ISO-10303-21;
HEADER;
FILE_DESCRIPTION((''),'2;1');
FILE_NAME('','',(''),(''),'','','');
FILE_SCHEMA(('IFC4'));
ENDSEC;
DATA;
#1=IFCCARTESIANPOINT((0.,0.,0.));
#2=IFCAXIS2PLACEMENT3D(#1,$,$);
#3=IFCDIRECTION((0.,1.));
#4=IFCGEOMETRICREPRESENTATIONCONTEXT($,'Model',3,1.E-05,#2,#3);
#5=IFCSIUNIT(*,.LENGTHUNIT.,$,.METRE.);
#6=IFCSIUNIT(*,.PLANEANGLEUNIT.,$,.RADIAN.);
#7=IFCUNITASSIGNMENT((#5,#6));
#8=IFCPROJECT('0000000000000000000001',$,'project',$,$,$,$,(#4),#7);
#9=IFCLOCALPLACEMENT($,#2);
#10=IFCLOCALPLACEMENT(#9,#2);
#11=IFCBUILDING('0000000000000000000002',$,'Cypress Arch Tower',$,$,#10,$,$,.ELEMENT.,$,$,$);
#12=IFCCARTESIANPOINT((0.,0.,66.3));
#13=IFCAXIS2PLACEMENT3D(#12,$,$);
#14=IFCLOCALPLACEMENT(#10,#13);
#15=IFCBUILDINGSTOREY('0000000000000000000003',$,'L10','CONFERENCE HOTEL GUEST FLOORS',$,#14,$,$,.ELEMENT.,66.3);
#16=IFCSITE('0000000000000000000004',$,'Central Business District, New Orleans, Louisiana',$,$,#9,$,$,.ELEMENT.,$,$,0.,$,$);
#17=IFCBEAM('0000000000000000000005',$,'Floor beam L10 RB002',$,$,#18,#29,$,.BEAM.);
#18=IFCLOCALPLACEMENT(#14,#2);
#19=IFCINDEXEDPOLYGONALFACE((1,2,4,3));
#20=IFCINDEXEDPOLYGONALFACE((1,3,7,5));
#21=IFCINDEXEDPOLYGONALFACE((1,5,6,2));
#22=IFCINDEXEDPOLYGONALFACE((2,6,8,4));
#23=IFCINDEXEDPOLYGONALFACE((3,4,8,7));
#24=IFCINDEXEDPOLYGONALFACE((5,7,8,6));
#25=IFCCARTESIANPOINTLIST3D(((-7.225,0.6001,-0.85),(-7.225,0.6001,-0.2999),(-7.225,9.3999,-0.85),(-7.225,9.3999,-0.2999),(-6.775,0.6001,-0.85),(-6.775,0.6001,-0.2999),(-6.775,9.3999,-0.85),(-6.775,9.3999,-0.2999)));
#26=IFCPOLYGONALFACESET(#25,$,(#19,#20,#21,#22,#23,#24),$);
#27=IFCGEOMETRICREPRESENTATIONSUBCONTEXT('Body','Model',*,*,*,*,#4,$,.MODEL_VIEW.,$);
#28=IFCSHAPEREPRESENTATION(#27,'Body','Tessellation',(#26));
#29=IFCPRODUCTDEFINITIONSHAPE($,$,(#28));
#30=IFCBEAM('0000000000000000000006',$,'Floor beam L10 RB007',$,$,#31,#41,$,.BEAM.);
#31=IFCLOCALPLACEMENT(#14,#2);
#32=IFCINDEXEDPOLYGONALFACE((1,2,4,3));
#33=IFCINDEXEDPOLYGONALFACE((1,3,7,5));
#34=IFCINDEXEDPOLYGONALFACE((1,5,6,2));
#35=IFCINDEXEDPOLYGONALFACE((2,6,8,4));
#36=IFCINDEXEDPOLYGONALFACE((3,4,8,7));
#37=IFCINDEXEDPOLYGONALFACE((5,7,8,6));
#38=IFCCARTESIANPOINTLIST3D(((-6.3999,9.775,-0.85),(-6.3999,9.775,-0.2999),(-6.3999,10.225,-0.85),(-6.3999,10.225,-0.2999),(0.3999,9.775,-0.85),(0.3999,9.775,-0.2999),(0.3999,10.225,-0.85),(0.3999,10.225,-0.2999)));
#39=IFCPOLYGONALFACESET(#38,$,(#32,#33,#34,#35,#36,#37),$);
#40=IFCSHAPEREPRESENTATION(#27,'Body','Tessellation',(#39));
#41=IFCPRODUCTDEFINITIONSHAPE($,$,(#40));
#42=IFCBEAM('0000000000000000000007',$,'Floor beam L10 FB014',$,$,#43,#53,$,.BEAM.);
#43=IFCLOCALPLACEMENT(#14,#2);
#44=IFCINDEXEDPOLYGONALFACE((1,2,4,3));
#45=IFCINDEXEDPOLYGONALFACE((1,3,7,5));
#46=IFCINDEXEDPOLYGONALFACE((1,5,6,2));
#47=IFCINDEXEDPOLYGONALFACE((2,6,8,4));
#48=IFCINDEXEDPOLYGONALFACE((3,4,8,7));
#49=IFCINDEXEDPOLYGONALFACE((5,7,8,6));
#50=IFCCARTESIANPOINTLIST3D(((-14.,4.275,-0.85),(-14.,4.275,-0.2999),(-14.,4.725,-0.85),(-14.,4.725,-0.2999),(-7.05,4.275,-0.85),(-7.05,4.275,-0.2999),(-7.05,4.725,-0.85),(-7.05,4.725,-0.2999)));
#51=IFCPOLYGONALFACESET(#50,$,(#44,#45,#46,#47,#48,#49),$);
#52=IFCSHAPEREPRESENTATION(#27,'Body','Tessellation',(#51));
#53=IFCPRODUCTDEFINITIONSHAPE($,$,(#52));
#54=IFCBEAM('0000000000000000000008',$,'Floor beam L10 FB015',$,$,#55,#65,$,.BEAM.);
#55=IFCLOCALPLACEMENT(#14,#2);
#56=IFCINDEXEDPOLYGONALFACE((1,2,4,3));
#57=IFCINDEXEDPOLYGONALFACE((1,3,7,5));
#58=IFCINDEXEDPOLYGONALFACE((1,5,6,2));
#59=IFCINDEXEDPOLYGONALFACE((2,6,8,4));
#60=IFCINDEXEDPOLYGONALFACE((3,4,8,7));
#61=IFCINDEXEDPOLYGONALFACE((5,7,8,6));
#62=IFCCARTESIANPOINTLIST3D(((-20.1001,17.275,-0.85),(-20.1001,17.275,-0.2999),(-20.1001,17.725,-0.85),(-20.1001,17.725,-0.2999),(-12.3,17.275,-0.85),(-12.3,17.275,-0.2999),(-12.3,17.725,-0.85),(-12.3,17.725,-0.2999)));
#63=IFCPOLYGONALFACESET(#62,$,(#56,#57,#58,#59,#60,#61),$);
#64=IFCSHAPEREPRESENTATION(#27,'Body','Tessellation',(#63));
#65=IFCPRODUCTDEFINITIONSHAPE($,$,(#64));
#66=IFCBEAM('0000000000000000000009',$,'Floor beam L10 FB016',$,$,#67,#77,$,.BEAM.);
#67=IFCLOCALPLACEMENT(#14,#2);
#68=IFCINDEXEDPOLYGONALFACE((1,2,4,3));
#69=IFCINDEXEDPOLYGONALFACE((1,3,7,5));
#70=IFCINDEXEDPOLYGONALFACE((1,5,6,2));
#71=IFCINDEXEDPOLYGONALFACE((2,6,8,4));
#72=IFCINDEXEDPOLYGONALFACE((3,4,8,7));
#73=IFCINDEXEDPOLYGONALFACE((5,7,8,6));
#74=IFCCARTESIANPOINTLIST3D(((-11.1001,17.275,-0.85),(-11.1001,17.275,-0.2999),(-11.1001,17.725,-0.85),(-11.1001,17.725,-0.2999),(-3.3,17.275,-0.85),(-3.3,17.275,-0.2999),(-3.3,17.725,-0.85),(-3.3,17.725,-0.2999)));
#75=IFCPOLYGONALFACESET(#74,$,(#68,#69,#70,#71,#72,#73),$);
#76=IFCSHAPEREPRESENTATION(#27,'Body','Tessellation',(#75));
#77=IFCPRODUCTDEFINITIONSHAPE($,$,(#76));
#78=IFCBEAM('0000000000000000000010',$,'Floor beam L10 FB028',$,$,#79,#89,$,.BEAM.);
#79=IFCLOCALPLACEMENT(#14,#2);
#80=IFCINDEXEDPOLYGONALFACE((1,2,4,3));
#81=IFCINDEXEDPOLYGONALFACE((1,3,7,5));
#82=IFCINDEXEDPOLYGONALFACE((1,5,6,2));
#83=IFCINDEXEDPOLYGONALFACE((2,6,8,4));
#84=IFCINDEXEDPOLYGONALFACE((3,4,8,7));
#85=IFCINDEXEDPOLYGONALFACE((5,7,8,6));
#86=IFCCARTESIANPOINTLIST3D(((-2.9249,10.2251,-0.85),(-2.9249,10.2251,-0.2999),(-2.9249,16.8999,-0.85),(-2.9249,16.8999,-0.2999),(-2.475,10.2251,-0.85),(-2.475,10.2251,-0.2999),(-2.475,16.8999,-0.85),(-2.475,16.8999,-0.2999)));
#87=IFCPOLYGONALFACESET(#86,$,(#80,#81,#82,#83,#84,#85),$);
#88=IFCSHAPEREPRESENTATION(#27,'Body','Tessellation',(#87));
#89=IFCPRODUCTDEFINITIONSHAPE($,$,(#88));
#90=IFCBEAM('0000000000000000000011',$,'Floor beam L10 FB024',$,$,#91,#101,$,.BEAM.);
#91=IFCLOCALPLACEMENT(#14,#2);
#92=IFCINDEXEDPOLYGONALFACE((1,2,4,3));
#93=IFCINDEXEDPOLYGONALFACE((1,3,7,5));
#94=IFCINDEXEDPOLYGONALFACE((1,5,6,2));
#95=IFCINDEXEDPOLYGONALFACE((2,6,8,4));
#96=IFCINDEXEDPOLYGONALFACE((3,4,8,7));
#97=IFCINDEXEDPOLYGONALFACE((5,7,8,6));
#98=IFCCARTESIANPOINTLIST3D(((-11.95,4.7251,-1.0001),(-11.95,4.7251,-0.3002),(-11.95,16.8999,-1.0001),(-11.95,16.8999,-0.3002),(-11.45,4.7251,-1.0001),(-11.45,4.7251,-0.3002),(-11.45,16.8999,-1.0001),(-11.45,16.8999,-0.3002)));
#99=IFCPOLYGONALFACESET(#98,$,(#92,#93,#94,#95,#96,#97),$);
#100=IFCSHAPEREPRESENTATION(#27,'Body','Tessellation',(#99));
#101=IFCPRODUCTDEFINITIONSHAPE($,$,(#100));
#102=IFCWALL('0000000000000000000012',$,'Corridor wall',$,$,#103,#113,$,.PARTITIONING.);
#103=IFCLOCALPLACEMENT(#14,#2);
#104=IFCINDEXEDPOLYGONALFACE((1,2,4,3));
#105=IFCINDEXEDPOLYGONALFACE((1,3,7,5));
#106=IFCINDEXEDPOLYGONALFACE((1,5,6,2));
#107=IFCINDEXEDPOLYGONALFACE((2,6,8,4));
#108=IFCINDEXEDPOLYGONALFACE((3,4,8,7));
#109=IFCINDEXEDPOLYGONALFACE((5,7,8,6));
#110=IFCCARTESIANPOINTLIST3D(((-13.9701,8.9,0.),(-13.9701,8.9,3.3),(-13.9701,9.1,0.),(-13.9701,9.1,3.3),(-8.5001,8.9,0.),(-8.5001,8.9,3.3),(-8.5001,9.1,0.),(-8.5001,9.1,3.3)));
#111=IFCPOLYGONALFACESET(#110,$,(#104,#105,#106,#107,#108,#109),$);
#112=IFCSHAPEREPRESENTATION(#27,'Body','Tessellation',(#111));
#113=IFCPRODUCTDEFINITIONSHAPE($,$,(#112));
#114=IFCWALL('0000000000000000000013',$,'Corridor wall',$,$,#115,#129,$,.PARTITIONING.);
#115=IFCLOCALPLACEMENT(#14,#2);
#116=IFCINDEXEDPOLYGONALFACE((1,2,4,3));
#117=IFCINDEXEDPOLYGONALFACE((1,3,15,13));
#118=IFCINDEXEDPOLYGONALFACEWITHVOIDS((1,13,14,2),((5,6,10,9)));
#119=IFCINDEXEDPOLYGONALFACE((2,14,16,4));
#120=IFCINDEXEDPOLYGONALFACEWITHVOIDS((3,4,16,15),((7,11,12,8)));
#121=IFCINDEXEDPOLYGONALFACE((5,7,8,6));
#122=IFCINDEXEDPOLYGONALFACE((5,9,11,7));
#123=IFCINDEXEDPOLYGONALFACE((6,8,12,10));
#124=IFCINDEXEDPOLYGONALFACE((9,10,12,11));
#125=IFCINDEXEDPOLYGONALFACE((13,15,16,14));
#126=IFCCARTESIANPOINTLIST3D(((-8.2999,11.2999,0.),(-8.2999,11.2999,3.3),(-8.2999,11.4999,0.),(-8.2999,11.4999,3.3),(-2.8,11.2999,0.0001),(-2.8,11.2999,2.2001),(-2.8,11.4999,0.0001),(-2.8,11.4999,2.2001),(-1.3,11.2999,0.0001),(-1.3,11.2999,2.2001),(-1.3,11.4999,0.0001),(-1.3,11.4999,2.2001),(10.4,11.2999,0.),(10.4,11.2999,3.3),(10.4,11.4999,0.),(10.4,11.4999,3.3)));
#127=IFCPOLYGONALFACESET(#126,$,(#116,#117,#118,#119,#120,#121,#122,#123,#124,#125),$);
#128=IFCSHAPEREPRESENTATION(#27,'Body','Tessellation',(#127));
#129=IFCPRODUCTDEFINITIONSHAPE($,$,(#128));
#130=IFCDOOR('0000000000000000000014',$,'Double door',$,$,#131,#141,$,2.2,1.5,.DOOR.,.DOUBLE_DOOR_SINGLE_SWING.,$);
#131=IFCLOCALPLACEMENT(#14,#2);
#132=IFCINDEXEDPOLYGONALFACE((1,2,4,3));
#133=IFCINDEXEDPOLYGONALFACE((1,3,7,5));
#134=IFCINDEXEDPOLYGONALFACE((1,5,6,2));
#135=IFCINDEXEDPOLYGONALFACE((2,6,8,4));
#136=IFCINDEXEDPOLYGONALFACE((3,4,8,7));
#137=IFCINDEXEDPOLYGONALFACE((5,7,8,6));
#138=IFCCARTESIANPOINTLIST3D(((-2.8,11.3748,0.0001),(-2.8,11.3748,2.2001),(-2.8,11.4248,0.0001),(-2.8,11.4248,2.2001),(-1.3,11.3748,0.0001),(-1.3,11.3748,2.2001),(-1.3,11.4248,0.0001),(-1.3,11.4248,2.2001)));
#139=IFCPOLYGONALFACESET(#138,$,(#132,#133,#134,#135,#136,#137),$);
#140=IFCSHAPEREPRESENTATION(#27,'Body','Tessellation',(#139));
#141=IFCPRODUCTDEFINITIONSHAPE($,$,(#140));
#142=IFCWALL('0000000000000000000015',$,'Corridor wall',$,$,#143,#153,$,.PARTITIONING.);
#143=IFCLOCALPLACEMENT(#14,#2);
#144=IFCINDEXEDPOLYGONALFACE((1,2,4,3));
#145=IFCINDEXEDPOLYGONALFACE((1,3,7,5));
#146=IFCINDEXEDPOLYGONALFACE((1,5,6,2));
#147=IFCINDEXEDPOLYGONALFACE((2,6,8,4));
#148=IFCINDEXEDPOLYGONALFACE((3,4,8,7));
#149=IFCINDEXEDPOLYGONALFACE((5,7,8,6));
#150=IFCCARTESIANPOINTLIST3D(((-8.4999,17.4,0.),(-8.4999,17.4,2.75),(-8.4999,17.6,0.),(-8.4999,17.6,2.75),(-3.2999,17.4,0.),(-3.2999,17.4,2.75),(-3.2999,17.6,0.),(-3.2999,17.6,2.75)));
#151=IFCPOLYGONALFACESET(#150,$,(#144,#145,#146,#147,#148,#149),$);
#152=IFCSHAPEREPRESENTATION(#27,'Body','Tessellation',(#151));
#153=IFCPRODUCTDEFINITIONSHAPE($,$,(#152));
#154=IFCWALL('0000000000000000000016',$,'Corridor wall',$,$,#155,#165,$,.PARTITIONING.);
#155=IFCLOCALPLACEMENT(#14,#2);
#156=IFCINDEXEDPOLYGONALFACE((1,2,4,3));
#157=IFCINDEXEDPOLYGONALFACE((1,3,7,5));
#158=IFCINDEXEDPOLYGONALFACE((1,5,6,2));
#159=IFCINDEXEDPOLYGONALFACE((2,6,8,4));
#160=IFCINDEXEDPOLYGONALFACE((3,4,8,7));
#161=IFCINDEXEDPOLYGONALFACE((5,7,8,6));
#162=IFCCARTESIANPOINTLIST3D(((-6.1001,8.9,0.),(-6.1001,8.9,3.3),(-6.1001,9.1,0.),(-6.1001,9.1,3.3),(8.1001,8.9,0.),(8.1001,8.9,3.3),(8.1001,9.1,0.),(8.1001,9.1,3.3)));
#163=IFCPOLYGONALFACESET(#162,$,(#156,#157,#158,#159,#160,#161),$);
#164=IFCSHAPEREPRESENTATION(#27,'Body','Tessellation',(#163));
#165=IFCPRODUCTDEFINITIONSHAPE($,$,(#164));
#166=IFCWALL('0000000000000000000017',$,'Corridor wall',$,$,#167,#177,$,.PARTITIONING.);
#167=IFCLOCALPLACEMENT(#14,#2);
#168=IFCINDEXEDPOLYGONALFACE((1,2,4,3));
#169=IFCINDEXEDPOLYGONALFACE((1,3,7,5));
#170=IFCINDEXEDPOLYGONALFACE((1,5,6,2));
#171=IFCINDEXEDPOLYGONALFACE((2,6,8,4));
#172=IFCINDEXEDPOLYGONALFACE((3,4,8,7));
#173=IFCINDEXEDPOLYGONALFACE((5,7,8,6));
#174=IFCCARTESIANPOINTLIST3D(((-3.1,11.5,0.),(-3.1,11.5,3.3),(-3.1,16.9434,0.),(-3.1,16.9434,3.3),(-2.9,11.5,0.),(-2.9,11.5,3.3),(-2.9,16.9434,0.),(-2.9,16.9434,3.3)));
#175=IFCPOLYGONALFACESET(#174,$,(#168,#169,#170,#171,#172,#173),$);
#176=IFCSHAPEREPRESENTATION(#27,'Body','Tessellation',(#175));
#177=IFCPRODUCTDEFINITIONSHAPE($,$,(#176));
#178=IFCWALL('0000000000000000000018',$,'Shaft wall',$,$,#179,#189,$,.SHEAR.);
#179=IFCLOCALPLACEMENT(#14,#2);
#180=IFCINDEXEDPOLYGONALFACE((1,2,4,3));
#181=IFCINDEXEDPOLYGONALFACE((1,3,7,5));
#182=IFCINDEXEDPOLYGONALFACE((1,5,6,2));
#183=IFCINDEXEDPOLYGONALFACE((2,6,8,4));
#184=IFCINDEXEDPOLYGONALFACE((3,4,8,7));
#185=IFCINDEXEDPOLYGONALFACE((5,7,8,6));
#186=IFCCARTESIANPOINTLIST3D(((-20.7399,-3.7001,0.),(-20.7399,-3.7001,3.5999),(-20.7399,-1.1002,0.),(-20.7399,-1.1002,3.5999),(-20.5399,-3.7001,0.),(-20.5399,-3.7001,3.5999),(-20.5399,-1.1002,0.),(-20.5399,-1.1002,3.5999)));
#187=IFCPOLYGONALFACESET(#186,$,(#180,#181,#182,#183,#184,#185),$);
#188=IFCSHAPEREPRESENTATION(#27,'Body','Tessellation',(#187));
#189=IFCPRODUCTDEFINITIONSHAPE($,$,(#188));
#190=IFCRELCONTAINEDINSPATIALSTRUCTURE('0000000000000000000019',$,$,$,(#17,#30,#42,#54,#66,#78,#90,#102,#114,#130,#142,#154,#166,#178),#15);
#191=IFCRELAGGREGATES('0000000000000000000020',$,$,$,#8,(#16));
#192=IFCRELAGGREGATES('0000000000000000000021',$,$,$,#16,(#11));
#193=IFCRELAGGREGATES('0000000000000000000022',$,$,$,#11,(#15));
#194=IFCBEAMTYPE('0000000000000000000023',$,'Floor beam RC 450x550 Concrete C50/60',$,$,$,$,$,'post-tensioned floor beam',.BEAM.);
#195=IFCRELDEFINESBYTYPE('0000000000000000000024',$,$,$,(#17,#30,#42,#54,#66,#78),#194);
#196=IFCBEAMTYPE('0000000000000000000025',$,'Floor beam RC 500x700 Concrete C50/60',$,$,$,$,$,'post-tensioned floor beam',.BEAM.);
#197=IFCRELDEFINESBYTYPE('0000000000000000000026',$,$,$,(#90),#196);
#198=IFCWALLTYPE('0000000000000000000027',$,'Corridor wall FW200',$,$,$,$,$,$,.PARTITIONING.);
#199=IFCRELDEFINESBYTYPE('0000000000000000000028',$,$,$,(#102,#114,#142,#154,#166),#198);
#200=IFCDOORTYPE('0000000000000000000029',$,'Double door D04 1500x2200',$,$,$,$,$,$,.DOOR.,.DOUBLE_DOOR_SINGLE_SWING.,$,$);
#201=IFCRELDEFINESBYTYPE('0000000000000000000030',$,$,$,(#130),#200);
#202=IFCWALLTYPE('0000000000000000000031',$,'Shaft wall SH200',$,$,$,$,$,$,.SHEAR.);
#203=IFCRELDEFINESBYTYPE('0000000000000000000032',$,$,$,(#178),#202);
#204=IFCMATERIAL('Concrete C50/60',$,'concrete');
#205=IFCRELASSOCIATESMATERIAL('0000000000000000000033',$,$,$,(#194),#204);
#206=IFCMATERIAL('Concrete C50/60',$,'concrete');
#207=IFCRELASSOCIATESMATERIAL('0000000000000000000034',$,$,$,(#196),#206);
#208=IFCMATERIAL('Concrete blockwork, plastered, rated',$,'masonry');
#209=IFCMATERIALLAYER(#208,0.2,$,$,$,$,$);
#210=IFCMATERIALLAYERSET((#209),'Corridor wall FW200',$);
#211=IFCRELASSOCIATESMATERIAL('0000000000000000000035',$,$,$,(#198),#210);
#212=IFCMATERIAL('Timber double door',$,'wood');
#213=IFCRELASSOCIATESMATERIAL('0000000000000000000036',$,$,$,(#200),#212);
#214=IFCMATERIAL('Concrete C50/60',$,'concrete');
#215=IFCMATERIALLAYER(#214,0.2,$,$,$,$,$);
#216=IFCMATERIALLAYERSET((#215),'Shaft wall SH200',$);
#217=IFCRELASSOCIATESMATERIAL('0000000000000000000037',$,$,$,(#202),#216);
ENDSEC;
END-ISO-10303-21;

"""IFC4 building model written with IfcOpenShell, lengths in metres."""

from ifc_helpers import new_model, si_unit, direction, frame, frame_2d, origin, origin_2d, place, context, subcontext, project, spatial, rectangle, extrude, material, layer, layer_set, material_profile, profile_set, type_object, element, fill, save


model = new_model("IFC4")

# Units and contexts
model_context = context("Model", 3, precision=1e-05, world=origin(), true_north=direction((0.0, 1.0)))
body_context = subcontext(model_context, "Body", "Model", "MODEL_VIEW")
ifc_project = project(units=[si_unit("LENGTHUNIT", "METRE"), si_unit("PLANEANGLEUNIT", "RADIAN")], contexts=[model_context])

# Site, building, storey
site_placement = place(None, origin())
site = spatial("IfcSite", under=ifc_project, at=site_placement, Name="Central Business District, New Orleans, Louisiana", CompositionType="ELEMENT", RefElevation=0.0)
building_placement = place(site_placement, origin())
building = spatial("IfcBuilding", under=site, at=building_placement, Name="Cypress Arch Tower", CompositionType="ELEMENT")
storey_placement = place(building_placement, frame((0.0, 0.0, 66.3)))
storey = spatial("IfcBuildingStorey", under=building, at=storey_placement, Name="L10", Description="CONFERENCE HOTEL GUEST FLOORS", CompositionType="ELEMENT", Elevation=66.3)

# Beams
ifc_material_1 = material(Name="Concrete C50/60", Category="concrete")
ifc_material_profile_1 = material_profile(ifc_material_1, rectangle(XDim=0.45, YDim=0.55, at=origin_2d()), Name="RC 450x550")
ifc_profile_set_1 = profile_set([ifc_material_profile_1], Name="Concrete C50/60")
beam_type_1 = type_object("IfcBeamType", Name="Floor beam RC 450x550 Concrete C50/60", ElementType="post-tensioned floor beam", PredefinedType="BEAM", material=ifc_profile_set_1)
beam_1_placement = place(storey_placement, frame((-7.0, 0.6001, -0.575), z_axis=(0.0, 1.0, 0.0), x_axis=(-1.0, 0.0, 0.0)))
element("IfcBeam", 1, at=beam_1_placement, inside=storey, type_object=beam_type_1, Name="Floor beam L10 RB002", PredefinedType="BEAM", context=body_context, shape_type="SweptSolid", body=[
    extrude(rectangle(XDim=0.45, YDim=0.55, at=origin_2d()), origin(), (0.0, 0.0, 1.0), 8.7998),
])
beam_2_placement = place(storey_placement, frame((-6.3999, 10.0, -0.575), z_axis=(1.0, 0.0, 0.0), x_axis=(0.0, 1.0, 0.0)))
element("IfcBeam", 2, at=beam_2_placement, inside=storey, type_object=beam_type_1, Name="Floor beam L10 RB007", PredefinedType="BEAM", context=body_context, shape_type="SweptSolid", body=[
    extrude(rectangle(XDim=0.45, YDim=0.55, at=origin_2d()), origin(), (0.0, 0.0, 1.0), 6.7998),
])
beam_3_placement = place(storey_placement, frame((-14.0, 4.5, -0.575), z_axis=(1.0, 0.0, 0.0), x_axis=(0.0, 1.0, 0.0)))
element("IfcBeam", 3, at=beam_3_placement, inside=storey, type_object=beam_type_1, Name="Floor beam L10 FB014", PredefinedType="BEAM", context=body_context, shape_type="SweptSolid", body=[
    extrude(rectangle(XDim=0.45, YDim=0.55, at=origin_2d()), origin(), (0.0, 0.0, 1.0), 6.95),
])
for number, where, z_axis, x_axis, name in (
    (4, (-20.1001, 17.5, -0.575), (1.0, 0.0, 0.0), (0.0, 1.0, 0.0), "Floor beam L10 FB015"),
    (5, (-11.1001, 17.5, -0.575), (1.0, 0.0, 0.0), (0.0, 1.0, 0.0), "Floor beam L10 FB016"),
):
    element("IfcBeam", number, at=place(storey_placement, frame(where, z_axis=z_axis, x_axis=x_axis)), inside=storey, type_object=beam_type_1, Name=name, PredefinedType="BEAM", context=body_context, shape_type="SweptSolid", body=[
        extrude(rectangle(XDim=0.45, YDim=0.55, at=origin_2d()), origin(), (0.0, 0.0, 1.0), 7.8),
    ])
beam_4_placement = place(storey_placement, frame((-2.7, 10.2251, -0.575), z_axis=(0.0, 1.0, 0.0), x_axis=(-1.0, 0.0, 0.0)))
element("IfcBeam", 6, at=beam_4_placement, inside=storey, type_object=beam_type_1, Name="Floor beam L10 FB028", PredefinedType="BEAM", context=body_context, shape_type="SweptSolid", body=[
    extrude(rectangle(XDim=0.45, YDim=0.55, at=origin_2d()), origin(), (0.0, 0.0, 1.0), 6.6748),
])
ifc_material_2 = material(Name="Concrete C50/60", Category="concrete")
ifc_material_profile_2 = material_profile(ifc_material_2, rectangle(XDim=0.5, YDim=0.7, at=origin_2d()), Name="RC 500x700")
ifc_profile_set_2 = profile_set([ifc_material_profile_2], Name="Concrete C50/60")
beam_type_2 = type_object("IfcBeamType", Name="Floor beam RC 500x700 Concrete C50/60", ElementType="post-tensioned floor beam", PredefinedType="BEAM", material=ifc_profile_set_2)
beam_5_placement = place(storey_placement, frame((-11.7, 4.7251, -0.6501), z_axis=(0.0, 1.0, 0.0), x_axis=(-1.0, 0.0, 0.0)))
element("IfcBeam", 7, at=beam_5_placement, inside=storey, type_object=beam_type_2, Name="Floor beam L10 FB024", PredefinedType="BEAM", context=body_context, shape_type="SweptSolid", body=[
    extrude(rectangle(XDim=0.5, YDim=0.7, at=origin_2d()), origin(), (0.0, 0.0, 1.0), 12.1748),
])

# Wall
ifc_material_3 = material(Name="Concrete blockwork, plastered, rated", Category="masonry")
ifc_layer_1 = layer(ifc_material_3, 0.2)
ifc_layer_set_1 = layer_set([ifc_layer_1], Name="Corridor wall FW200")
wall_type_1 = type_object("IfcWallType", Name="Corridor wall FW200", PredefinedType="PARTITIONING", material=ifc_layer_set_1)
wall_1_placement = place(storey_placement, frame((-13.97, 9.0, 0.0), z_axis=(0.0, 0.0, 1.0), x_axis=(1.0, 0.0, 0.0)))
element("IfcWall", 8, at=wall_1_placement, inside=storey, type_object=wall_type_1, Name="Corridor wall", PredefinedType="PARTITIONING", context=body_context, shape_type="SweptSolid", body=[
    extrude(rectangle(XDim=5.47, YDim=0.2, at=frame_2d((2.7349, 0.0))), origin(), (0.0, 0.0, 1.0), 3.3),
])

# Wall, opening, door
wall_2_placement = place(storey_placement, frame((-8.3, 11.3999, 0.0), z_axis=(0.0, 0.0, 1.0), x_axis=(1.0, 0.0, 0.0)))
wall_2 = element("IfcWall", 9, at=wall_2_placement, inside=storey, type_object=wall_type_1, Name="Corridor wall", PredefinedType="PARTITIONING", context=body_context, shape_type="SweptSolid", body=[
    extrude(rectangle(XDim=18.7, YDim=0.2, at=frame_2d((9.3501, 0.0))), origin(), (0.0, 0.0, 1.0), 3.3),
])
opening_1_placement = place(wall_2_placement, frame((5.5, 0.0, 0.0)))
opening_1 = element("IfcOpeningElement", 10, at=opening_1_placement, cuts=wall_2, PredefinedType="OPENING", context=body_context, shape_type="SweptSolid", body=[
    extrude(rectangle(XDim=1.5, YDim=2.2, at=frame_2d((0.75, 1.1001))), frame((0.0, 0.1099, 0.0), z_axis=(0.0, -1.0, 0.0), x_axis=(1.0, 0.0, 0.0)), (0.0, 0.0, 1.0), 0.22),
])
ifc_material_4 = material(Name="Timber double door", Category="wood")
door_type_1 = type_object("IfcDoorType", Name="Double door D04 1500x2200", OperationType="DOUBLE_DOOR_SINGLE_SWING", PredefinedType="DOOR", material=ifc_material_4)
door_1_placement = place(opening_1_placement, origin())
door_1 = element("IfcDoor", 11, at=door_1_placement, inside=storey, type_object=door_type_1, Name="Double door", OperationType="DOUBLE_DOOR_SINGLE_SWING", OverallHeight=2.2, OverallWidth=1.5, PredefinedType="DOOR", context=body_context, shape_type="SweptSolid", body=[
    extrude(rectangle(XDim=1.5, YDim=2.2, at=frame_2d((0.75, 1.1001))), frame((0.0, 0.0249, 0.0), z_axis=(0.0, -1.0, 0.0), x_axis=(1.0, 0.0, 0.0)), (0.0, 0.0, 1.0), 0.05),
])
fill(opening_1, door_1)

# Walls
wall_3_placement = place(storey_placement, frame((-8.5, 17.5, 0.0), z_axis=(0.0, 0.0, 1.0), x_axis=(1.0, 0.0, 0.0)))
element("IfcWall", 12, at=wall_3_placement, inside=storey, type_object=wall_type_1, Name="Corridor wall", PredefinedType="PARTITIONING", context=body_context, shape_type="SweptSolid", body=[
    extrude(rectangle(XDim=5.2, YDim=0.2, at=frame_2d((2.6001, 0.0))), origin(), (0.0, 0.0, 1.0), 2.75),
])
wall_4_placement = place(storey_placement, frame((-6.1001, 9.0, 0.0), z_axis=(0.0, 0.0, 1.0), x_axis=(1.0, 0.0, 0.0)))
element("IfcWall", 13, at=wall_4_placement, inside=storey, type_object=wall_type_1, Name="Corridor wall", PredefinedType="PARTITIONING", context=body_context, shape_type="SweptSolid", body=[
    extrude(rectangle(XDim=14.2002, YDim=0.2, at=frame_2d((7.1001, 0.0))), origin(), (0.0, 0.0, 1.0), 3.3),
])
wall_5_placement = place(storey_placement, frame((-3.0, 11.5, 0.0), z_axis=(0.0, 0.0, 1.0), x_axis=(0.0, 1.0, 0.0)))
element("IfcWall", 14, at=wall_5_placement, inside=storey, type_object=wall_type_1, Name="Corridor wall", PredefinedType="PARTITIONING", context=body_context, shape_type="SweptSolid", body=[
    extrude(rectangle(XDim=5.4434, YDim=0.2, at=frame_2d((2.7217, 0.0))), origin(), (0.0, 0.0, 1.0), 3.3),
])
ifc_material_5 = material(Name="Concrete C50/60", Category="concrete")
ifc_layer_2 = layer(ifc_material_5, 0.2)
ifc_layer_set_2 = layer_set([ifc_layer_2], Name="Shaft wall SH200")
wall_type_2 = type_object("IfcWallType", Name="Shaft wall SH200", PredefinedType="SHEAR", material=ifc_layer_set_2)
wall_6_placement = place(storey_placement, frame((-20.6399, -3.7, 0.0), z_axis=(0.0, 0.0, 1.0), x_axis=(0.0, 1.0, 0.0)))
element("IfcWall", 15, at=wall_6_placement, inside=storey, type_object=wall_type_2, Name="Shaft wall", PredefinedType="SHEAR", context=body_context, shape_type="SweptSolid", body=[
    extrude(rectangle(XDim=2.5999, YDim=0.2, at=frame_2d((1.2998, 0.0))), origin(), (0.0, 0.0, 1.0), 3.5999),
])

save(model, "model.ifc")
